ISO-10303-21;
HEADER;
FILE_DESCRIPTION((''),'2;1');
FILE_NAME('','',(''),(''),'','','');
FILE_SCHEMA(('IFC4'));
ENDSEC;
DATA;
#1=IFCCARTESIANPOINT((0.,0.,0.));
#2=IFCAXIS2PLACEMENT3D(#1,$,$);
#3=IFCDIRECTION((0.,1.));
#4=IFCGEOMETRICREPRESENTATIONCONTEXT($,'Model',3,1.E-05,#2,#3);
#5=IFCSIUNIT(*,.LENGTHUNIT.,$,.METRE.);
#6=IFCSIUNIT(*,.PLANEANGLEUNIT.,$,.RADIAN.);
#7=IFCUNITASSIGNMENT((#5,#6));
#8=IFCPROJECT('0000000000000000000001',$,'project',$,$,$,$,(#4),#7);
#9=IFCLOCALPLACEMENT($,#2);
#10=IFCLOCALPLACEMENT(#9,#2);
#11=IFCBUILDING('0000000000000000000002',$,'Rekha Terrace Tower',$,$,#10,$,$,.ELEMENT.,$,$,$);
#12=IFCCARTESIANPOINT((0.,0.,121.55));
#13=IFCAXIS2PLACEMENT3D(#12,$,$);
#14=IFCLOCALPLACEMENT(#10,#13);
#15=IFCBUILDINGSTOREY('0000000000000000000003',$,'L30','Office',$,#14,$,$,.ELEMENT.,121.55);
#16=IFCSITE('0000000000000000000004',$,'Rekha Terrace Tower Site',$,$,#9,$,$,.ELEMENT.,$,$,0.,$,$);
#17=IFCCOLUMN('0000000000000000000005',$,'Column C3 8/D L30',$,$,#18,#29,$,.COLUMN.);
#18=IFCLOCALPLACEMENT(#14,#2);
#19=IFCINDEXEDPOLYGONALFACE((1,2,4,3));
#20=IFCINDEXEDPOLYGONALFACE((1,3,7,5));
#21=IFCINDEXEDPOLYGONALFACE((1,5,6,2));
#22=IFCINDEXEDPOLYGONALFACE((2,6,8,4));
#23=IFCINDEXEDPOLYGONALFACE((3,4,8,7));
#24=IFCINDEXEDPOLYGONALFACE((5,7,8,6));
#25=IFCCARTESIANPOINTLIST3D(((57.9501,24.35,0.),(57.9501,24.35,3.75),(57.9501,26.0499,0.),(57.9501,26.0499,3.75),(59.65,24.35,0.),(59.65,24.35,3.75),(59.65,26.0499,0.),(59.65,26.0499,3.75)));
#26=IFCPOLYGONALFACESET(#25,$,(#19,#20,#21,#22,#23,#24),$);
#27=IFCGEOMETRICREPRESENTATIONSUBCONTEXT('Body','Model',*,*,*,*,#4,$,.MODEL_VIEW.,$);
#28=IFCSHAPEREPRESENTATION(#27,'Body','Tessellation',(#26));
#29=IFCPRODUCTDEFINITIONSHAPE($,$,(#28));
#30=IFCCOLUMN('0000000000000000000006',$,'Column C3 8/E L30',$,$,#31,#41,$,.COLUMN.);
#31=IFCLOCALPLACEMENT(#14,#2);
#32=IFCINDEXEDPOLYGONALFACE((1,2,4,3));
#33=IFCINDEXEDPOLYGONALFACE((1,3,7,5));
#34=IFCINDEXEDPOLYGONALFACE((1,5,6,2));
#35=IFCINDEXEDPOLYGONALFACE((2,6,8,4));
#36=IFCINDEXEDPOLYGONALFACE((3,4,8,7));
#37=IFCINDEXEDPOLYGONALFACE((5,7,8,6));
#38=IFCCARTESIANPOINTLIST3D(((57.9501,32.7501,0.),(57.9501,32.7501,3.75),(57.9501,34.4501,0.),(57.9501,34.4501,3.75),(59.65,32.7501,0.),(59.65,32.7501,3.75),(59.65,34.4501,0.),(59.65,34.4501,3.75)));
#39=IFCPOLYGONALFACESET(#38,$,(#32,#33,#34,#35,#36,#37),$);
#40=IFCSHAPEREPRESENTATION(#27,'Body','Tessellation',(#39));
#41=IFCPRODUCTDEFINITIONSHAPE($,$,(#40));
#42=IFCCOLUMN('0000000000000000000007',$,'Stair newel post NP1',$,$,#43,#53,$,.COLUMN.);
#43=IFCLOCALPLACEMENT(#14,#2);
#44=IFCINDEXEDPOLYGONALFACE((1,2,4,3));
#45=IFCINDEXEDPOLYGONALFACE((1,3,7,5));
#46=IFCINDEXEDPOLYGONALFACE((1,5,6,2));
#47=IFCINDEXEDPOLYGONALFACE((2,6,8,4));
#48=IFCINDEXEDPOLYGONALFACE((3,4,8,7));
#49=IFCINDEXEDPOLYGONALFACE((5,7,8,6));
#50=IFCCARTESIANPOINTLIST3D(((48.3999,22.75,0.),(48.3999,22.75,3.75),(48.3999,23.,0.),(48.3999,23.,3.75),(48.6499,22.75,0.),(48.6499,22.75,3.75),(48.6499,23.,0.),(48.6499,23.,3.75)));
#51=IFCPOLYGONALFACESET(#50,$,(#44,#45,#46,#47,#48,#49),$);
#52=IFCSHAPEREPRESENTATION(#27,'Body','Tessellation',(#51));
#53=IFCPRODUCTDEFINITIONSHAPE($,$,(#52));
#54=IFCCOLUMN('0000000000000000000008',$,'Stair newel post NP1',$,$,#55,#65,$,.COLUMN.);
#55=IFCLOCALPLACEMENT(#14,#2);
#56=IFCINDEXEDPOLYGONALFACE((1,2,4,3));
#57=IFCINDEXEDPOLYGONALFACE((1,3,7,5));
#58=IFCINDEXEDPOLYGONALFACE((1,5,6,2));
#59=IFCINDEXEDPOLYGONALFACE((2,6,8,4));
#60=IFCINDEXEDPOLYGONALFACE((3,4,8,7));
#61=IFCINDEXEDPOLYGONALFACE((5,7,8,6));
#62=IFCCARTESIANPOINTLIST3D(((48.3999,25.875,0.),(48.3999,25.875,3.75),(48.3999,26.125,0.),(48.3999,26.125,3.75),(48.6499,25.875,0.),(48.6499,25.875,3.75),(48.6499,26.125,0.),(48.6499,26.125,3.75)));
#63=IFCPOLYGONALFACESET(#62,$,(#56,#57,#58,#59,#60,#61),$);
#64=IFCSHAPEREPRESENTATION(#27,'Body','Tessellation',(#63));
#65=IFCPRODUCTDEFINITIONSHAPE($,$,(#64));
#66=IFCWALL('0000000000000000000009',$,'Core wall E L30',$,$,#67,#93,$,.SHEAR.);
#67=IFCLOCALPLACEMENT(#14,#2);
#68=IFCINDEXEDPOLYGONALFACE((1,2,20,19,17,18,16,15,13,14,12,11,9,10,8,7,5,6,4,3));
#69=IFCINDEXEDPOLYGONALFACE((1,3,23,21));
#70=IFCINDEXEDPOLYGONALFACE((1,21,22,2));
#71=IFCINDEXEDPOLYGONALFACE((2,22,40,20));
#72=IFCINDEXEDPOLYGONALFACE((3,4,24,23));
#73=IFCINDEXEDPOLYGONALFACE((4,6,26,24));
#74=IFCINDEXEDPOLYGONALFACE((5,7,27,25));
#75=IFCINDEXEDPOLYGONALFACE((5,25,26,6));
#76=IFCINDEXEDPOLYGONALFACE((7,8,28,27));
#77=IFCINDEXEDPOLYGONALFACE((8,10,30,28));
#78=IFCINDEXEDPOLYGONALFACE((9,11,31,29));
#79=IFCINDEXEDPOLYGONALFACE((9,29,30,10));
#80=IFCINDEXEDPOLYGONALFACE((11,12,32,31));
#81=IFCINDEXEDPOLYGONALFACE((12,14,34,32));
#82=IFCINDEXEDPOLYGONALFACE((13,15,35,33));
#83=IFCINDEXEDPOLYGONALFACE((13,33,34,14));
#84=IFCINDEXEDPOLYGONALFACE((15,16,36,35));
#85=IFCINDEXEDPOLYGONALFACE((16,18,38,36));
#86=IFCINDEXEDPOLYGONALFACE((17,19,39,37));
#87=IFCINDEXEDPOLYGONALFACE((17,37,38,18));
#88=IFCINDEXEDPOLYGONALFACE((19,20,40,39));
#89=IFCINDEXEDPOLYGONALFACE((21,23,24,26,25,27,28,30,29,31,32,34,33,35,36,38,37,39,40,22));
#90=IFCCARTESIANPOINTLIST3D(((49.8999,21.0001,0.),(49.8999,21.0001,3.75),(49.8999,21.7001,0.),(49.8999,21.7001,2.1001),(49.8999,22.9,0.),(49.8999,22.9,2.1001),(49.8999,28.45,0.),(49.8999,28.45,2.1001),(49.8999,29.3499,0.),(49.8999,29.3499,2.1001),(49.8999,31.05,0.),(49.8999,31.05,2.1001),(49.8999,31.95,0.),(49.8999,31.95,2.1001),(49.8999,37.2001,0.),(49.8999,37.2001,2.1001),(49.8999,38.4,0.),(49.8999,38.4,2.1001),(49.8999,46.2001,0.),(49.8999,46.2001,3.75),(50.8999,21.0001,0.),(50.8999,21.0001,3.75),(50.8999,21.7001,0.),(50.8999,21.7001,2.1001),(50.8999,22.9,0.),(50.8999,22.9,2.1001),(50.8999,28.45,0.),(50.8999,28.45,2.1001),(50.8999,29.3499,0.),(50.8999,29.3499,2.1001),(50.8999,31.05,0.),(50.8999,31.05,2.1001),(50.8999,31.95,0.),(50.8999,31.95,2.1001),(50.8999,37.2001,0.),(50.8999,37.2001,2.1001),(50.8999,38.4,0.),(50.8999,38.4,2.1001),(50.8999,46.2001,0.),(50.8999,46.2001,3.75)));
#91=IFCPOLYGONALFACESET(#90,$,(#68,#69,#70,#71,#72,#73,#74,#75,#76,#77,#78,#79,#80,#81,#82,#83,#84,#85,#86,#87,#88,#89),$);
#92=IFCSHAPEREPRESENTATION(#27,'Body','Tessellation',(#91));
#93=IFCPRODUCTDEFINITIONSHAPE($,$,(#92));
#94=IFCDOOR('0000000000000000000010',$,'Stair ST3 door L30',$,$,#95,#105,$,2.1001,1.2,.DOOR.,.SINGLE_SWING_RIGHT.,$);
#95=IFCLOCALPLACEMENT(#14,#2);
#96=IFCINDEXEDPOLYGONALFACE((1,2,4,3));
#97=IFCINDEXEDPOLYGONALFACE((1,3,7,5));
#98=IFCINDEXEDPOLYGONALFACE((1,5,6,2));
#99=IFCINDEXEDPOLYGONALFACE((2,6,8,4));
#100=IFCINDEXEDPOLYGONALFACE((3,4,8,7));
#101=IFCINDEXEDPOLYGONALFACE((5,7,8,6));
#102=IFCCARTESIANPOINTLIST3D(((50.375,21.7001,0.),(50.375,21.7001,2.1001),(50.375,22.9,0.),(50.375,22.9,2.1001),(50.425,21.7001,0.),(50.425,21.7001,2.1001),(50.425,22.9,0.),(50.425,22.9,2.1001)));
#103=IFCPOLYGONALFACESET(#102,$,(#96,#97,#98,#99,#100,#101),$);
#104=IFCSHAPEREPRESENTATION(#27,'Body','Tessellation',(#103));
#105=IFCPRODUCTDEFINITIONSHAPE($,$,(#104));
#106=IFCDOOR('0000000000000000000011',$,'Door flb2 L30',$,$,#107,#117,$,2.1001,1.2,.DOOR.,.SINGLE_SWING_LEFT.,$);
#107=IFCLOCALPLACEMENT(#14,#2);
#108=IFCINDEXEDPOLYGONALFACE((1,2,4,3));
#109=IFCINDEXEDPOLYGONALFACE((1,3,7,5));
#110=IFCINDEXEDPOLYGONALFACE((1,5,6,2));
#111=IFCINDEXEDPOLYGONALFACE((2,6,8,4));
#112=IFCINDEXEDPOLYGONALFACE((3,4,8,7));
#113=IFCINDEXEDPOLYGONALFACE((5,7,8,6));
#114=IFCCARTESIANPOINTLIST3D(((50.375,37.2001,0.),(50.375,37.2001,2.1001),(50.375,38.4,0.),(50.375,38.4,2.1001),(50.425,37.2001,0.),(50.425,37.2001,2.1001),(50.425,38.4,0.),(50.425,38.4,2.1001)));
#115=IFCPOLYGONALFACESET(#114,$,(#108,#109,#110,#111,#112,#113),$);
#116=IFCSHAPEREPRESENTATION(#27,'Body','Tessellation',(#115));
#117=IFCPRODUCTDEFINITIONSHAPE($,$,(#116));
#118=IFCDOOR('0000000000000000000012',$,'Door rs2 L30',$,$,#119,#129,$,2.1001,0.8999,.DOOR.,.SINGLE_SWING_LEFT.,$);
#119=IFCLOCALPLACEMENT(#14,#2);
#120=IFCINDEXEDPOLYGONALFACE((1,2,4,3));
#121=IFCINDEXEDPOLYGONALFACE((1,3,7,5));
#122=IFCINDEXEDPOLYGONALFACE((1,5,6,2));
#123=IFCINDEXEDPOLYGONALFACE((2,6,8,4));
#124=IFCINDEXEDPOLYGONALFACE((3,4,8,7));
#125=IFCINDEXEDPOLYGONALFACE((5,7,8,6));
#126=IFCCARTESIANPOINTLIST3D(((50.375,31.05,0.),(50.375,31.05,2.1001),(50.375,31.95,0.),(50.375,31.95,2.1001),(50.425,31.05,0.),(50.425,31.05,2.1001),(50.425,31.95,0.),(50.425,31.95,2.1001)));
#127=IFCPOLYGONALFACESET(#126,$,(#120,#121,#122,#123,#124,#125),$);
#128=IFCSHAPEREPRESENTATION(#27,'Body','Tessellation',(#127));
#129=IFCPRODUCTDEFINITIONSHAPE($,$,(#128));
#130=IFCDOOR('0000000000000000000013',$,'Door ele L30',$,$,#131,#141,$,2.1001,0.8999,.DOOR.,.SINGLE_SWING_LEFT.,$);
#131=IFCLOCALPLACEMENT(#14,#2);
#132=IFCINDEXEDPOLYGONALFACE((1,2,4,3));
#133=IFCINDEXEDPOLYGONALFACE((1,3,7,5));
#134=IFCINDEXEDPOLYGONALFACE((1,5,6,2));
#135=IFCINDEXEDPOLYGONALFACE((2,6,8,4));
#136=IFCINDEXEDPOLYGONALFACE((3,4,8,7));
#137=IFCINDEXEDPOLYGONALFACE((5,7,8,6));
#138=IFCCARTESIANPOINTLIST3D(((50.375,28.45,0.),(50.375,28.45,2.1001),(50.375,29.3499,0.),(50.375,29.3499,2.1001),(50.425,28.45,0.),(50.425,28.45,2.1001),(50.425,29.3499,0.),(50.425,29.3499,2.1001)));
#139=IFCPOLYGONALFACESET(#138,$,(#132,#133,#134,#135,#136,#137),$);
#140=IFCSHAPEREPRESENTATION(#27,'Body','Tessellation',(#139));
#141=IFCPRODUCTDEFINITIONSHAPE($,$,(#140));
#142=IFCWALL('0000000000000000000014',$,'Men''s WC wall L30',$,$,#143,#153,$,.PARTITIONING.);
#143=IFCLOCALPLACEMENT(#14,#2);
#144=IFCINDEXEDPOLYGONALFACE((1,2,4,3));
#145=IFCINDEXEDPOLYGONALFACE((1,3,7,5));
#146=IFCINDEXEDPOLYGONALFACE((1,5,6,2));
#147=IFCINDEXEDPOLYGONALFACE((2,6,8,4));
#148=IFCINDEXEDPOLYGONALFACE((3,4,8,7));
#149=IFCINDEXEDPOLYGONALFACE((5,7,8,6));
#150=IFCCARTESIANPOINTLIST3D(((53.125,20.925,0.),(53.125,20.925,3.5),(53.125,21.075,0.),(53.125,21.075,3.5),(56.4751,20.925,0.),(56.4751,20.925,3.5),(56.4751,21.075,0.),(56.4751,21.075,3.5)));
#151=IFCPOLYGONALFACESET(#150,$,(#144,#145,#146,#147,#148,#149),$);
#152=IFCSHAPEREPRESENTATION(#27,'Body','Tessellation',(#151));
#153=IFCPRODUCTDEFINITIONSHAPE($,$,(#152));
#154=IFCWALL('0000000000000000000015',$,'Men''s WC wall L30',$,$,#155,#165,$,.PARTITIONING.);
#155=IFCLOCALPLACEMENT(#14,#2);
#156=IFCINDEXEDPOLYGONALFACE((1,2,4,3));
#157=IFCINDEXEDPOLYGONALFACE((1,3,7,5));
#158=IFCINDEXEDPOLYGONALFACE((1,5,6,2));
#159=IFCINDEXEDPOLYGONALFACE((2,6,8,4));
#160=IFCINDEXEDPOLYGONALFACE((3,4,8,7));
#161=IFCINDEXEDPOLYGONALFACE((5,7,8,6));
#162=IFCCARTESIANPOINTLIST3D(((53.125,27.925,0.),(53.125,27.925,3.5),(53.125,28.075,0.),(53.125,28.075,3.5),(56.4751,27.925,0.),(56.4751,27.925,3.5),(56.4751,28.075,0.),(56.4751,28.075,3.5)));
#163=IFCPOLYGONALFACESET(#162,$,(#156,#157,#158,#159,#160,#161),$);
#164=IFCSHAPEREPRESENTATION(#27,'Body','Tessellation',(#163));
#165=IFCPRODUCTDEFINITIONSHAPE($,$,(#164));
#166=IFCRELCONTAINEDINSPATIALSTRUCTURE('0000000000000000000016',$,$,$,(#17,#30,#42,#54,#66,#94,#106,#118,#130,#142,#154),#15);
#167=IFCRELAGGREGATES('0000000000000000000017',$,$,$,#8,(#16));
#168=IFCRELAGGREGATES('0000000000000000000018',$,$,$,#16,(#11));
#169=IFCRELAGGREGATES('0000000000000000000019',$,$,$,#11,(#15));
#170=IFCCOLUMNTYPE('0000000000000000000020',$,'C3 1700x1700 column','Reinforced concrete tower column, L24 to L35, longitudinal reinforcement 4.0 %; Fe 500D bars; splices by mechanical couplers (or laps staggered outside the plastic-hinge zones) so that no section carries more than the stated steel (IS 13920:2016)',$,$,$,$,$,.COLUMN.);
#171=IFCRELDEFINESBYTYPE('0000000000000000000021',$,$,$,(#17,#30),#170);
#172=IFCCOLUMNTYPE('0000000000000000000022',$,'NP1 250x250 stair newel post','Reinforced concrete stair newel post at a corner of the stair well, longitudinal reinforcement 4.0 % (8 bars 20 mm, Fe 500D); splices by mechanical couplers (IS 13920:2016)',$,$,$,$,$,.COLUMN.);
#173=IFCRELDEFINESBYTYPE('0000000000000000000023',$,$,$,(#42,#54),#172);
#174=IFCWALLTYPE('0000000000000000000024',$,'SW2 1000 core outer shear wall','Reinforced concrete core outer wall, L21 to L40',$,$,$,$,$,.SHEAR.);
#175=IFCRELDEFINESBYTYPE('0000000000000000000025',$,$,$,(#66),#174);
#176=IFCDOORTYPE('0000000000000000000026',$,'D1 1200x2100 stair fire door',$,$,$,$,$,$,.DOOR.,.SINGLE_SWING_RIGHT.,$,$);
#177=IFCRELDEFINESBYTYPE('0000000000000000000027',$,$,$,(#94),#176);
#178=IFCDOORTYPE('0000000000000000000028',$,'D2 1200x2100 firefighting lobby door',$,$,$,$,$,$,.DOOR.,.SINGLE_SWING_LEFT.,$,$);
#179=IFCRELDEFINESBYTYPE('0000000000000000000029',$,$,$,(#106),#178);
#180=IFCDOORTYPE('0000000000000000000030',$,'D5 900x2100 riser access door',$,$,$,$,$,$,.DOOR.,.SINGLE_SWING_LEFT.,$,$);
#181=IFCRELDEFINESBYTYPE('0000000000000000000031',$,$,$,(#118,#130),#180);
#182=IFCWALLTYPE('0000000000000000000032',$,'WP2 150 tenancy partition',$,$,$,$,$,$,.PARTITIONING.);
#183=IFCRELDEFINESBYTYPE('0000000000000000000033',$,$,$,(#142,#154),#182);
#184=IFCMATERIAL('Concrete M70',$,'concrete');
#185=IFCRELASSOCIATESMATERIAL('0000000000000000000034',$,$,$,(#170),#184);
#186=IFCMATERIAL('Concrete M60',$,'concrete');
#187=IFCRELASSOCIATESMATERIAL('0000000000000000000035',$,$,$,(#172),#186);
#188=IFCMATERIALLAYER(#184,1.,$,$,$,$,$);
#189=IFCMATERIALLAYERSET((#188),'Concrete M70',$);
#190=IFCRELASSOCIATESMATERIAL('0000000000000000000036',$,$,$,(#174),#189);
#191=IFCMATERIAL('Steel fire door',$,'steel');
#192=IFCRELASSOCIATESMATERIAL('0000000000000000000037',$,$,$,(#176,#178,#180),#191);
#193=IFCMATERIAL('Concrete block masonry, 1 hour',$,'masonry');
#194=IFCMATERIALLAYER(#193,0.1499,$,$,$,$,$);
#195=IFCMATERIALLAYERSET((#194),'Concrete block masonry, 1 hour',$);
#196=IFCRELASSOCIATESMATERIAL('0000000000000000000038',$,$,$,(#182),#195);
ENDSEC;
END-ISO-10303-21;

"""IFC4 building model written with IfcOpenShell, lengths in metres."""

from ifc_helpers import new_model, si_unit, direction, frame, frame_2d, origin, origin_2d, place, context, subcontext, project, spatial, rectangle, extrude, material, layer, layer_set, material_profile, profile_set, type_object, element, fill, save


model = new_model("IFC4")

# Units and contexts
model_context = context("Model", 3, precision=1e-05, world=origin(), true_north=direction((0.0, 1.0)))
body_context = subcontext(model_context, "Body", "Model", "MODEL_VIEW")
ifc_project = project(units=[si_unit("LENGTHUNIT", "METRE"), si_unit("PLANEANGLEUNIT", "RADIAN")], contexts=[model_context])

# Site, building, storey
site_placement = place(None, origin())
site = spatial("IfcSite", under=ifc_project, at=site_placement, Name="Rekha Terrace Tower Site", CompositionType="ELEMENT", RefElevation=0.0)
building_placement = place(site_placement, origin())
building = spatial("IfcBuilding", under=site, at=building_placement, Name="Rekha Terrace Tower", CompositionType="ELEMENT")
storey_placement = place(building_placement, frame((0.0, 0.0, 121.55)))
storey = spatial("IfcBuildingStorey", under=building, at=storey_placement, Name="L30", Description="Office", CompositionType="ELEMENT", Elevation=121.55)

# Columns
ifc_material_1 = material(Name="Concrete M70", Category="concrete")
ifc_material_profile_1 = material_profile(ifc_material_1, rectangle(XDim=1.7, YDim=1.7, at=origin_2d()), Name="RC 1700x1700")
ifc_profile_set_1 = profile_set([ifc_material_profile_1], Name="Concrete M70")
column_type_1 = type_object("IfcColumnType", Name="C3 1700x1700 column", Description="Reinforced concrete tower column, L24 to L35, longitudinal reinforcement 4.0 %; Fe 500D bars; splices by mechanical couplers (or laps staggered outside the plastic-hinge zones) so that no section carries more than the stated steel (IS 13920:2016)", PredefinedType="COLUMN", material=ifc_profile_set_1)
for number, where, z_axis, x_axis, name in (
    (1, (58.8, 25.2, 0.0), (0.0, 0.0, 1.0), (1.0, 0.0, 0.0), "Column C3 8/D L30"),
    (2, (58.8, 33.6001, 0.0), (0.0, 0.0, 1.0), (1.0, 0.0, 0.0), "Column C3 8/E L30"),
):
    element("IfcColumn", number, at=place(storey_placement, frame(where, z_axis=z_axis, x_axis=x_axis)), inside=storey, type_object=column_type_1, Name=name, PredefinedType="COLUMN", context=body_context, shape_type="SweptSolid", body=[
        extrude(rectangle(XDim=1.7, YDim=1.7, at=origin_2d()), origin(), (0.0, 0.0, 1.0), 3.75),
    ])
ifc_material_2 = material(Name="Concrete M60", Category="concrete")
ifc_material_profile_2 = material_profile(ifc_material_2, rectangle(XDim=0.25, YDim=0.25, at=origin_2d()), Name="RC 250x250")
ifc_profile_set_2 = profile_set([ifc_material_profile_2], Name="Concrete M60")
column_type_2 = type_object("IfcColumnType", Name="NP1 250x250 stair newel post", Description="Reinforced concrete stair newel post at a corner of the stair well, longitudinal reinforcement 4.0 % (8 bars 20 mm, Fe 500D); splices by mechanical couplers (IS 13920:2016)", PredefinedType="COLUMN", material=ifc_profile_set_2)
for number, where, z_axis, x_axis, name in (
    (3, (48.5249, 22.875, 0.0), (0.0, 0.0, 1.0), (1.0, 0.0, 0.0), "Stair newel post NP1"),
    (4, (48.5249, 26.0, 0.0), (0.0, 0.0, 1.0), (1.0, 0.0, 0.0), "Stair newel post NP1"),
):
    element("IfcColumn", number, at=place(storey_placement, frame(where, z_axis=z_axis, x_axis=x_axis)), inside=storey, type_object=column_type_2, Name=name, PredefinedType="COLUMN", context=body_context, shape_type="SweptSolid", body=[
        extrude(rectangle(XDim=0.25, YDim=0.25, at=origin_2d()), origin(), (0.0, 0.0, 1.0), 3.75),
    ])

# Wall, openings, doors
ifc_layer_1 = layer(ifc_material_1, 1.0)
ifc_layer_set_1 = layer_set([ifc_layer_1], Name="Concrete M70")
wall_type_1 = type_object("IfcWallType", Name="SW2 1000 core outer shear wall", Description="Reinforced concrete core outer wall, L21 to L40", PredefinedType="SHEAR", material=ifc_layer_set_1)
wall_1_placement = place(storey_placement, frame((50.3999, 21.0, 0.0), z_axis=(0.0, 0.0, 1.0), x_axis=(0.0, 1.0, 0.0)))
wall_1 = element("IfcWall", 5, at=wall_1_placement, inside=storey, type_object=wall_type_1, Name="Core wall E L30", PredefinedType="SHEAR", context=body_context, shape_type="SweptSolid", body=[
    extrude(rectangle(XDim=25.2, YDim=1.0, at=frame_2d((12.6001, 0.0))), origin(), (0.0, 0.0, 1.0), 3.75),
])
opening_1_placement = place(wall_1_placement, frame((16.2, 0.0, 0.0)))
opening_1 = element("IfcOpeningElement", 6, at=opening_1_placement, cuts=wall_1, PredefinedType="OPENING", context=body_context, shape_type="SweptSolid", body=[
    extrude(rectangle(XDim=1.2, YDim=2.1001, at=frame_2d((0.6001, 1.05))), frame((0.0, 0.51, 0.0), z_axis=(0.0, -1.0, 0.0), x_axis=(1.0, 0.0, 0.0)), (0.0, 0.0, 1.0), 1.02),
])
opening_2_placement = place(wall_1_placement, frame((10.05, 0.0, 0.0)))
opening_2 = element("IfcOpeningElement", 7, at=opening_2_placement, cuts=wall_1, PredefinedType="OPENING", context=body_context, shape_type="SweptSolid", body=[
    extrude(rectangle(XDim=0.8999, YDim=2.1001, at=frame_2d((0.45, 1.05))), frame((0.0, 0.51, 0.0), z_axis=(0.0, -1.0, 0.0), x_axis=(1.0, 0.0, 0.0)), (0.0, 0.0, 1.0), 1.02),
])
opening_3_placement = place(wall_1_placement, frame((7.45, 0.0, 0.0)))
opening_3 = element("IfcOpeningElement", 8, at=opening_3_placement, cuts=wall_1, PredefinedType="OPENING", context=body_context, shape_type="SweptSolid", body=[
    extrude(rectangle(XDim=0.8999, YDim=2.1001, at=frame_2d((0.45, 1.05))), frame((0.0, 0.51, 0.0), z_axis=(0.0, -1.0, 0.0), x_axis=(1.0, 0.0, 0.0)), (0.0, 0.0, 1.0), 1.02),
])
opening_4_placement = place(wall_1_placement, frame((0.7, 0.0, 0.0)))
opening_4 = element("IfcOpeningElement", 9, at=opening_4_placement, cuts=wall_1, PredefinedType="OPENING", context=body_context, shape_type="SweptSolid", body=[
    extrude(rectangle(XDim=1.2, YDim=2.1001, at=frame_2d((0.6001, 1.05))), frame((0.0, 0.51, 0.0), z_axis=(0.0, -1.0, 0.0), x_axis=(1.0, 0.0, 0.0)), (0.0, 0.0, 1.0), 1.02),
])
ifc_material_3 = material(Name="Steel fire door", Category="steel")
door_type_1 = type_object("IfcDoorType", Name="D1 1200x2100 stair fire door", OperationType="SINGLE_SWING_RIGHT", PredefinedType="DOOR", material=ifc_material_3)
door_1_placement = place(opening_4_placement, origin())
door_1 = element("IfcDoor", 10, at=door_1_placement, inside=storey, type_object=door_type_1, Name="Stair ST3 door L30", OperationType="SINGLE_SWING_RIGHT", OverallHeight=2.1001, OverallWidth=1.2, PredefinedType="DOOR", context=body_context, shape_type="SweptSolid", body=[
    extrude(rectangle(XDim=1.2, YDim=2.1001, at=frame_2d((0.6001, 1.05))), frame((0.0, 0.0249, 0.0), z_axis=(0.0, -1.0, 0.0), x_axis=(1.0, 0.0, 0.0)), (0.0, 0.0, 1.0), 0.05),
])
fill(opening_4, door_1)
door_type_2 = type_object("IfcDoorType", Name="D2 1200x2100 firefighting lobby door", OperationType="SINGLE_SWING_LEFT", PredefinedType="DOOR", material=ifc_material_3)
door_2_placement = place(opening_1_placement, origin())
door_2 = element("IfcDoor", 11, at=door_2_placement, inside=storey, type_object=door_type_2, Name="Door flb2 L30", OperationType="SINGLE_SWING_LEFT", OverallHeight=2.1001, OverallWidth=1.2, PredefinedType="DOOR", context=body_context, shape_type="SweptSolid", body=[
    extrude(rectangle(XDim=1.2, YDim=2.1001, at=frame_2d((0.6001, 1.05))), frame((0.0, 0.0249, 0.0), z_axis=(0.0, -1.0, 0.0), x_axis=(1.0, 0.0, 0.0)), (0.0, 0.0, 1.0), 0.05),
])
fill(opening_1, door_2)
door_type_3 = type_object("IfcDoorType", Name="D5 900x2100 riser access door", OperationType="SINGLE_SWING_LEFT", PredefinedType="DOOR", material=ifc_material_3)
door_3_placement = place(opening_2_placement, origin())
door_3 = element("IfcDoor", 12, at=door_3_placement, inside=storey, type_object=door_type_3, Name="Door rs2 L30", OperationType="SINGLE_SWING_LEFT", OverallHeight=2.1001, OverallWidth=0.8999, PredefinedType="DOOR", context=body_context, shape_type="SweptSolid", body=[
    extrude(rectangle(XDim=0.8999, YDim=2.1001, at=frame_2d((0.45, 1.05))), frame((0.0, 0.0249, 0.0), z_axis=(0.0, -1.0, 0.0), x_axis=(1.0, 0.0, 0.0)), (0.0, 0.0, 1.0), 0.05),
])
fill(opening_2, door_3)
door_4_placement = place(opening_3_placement, origin())
door_4 = element("IfcDoor", 13, at=door_4_placement, inside=storey, type_object=door_type_3, Name="Door ele L30", OperationType="SINGLE_SWING_LEFT", OverallHeight=2.1001, OverallWidth=0.8999, PredefinedType="DOOR", context=body_context, shape_type="SweptSolid", body=[
    extrude(rectangle(XDim=0.8999, YDim=2.1001, at=frame_2d((0.45, 1.05))), frame((0.0, 0.0249, 0.0), z_axis=(0.0, -1.0, 0.0), x_axis=(1.0, 0.0, 0.0)), (0.0, 0.0, 1.0), 0.05),
])
fill(opening_3, door_4)

# Walls
ifc_material_4 = material(Name="Concrete block masonry, 1 hour", Category="masonry")
ifc_layer_2 = layer(ifc_material_4, 0.1499)
ifc_layer_set_2 = layer_set([ifc_layer_2], Name="Concrete block masonry, 1 hour")
wall_type_2 = type_object("IfcWallType", Name="WP2 150 tenancy partition", PredefinedType="PARTITIONING", material=ifc_layer_set_2)
for number, where, z_axis, x_axis, name in (
    (14, (53.125, 21.0, 0.0), (0.0, 0.0, 1.0), (1.0, 0.0, 0.0), "Men's WC wall L30"),
    (15, (53.125, 28.0, 0.0), (0.0, 0.0, 1.0), (1.0, 0.0, 0.0), "Men's WC wall L30"),
):
    element("IfcWall", number, at=place(storey_placement, frame(where, z_axis=z_axis, x_axis=x_axis)), inside=storey, type_object=wall_type_2, Name=name, PredefinedType="PARTITIONING", context=body_context, shape_type="SweptSolid", body=[
        extrude(rectangle(XDim=3.3501, YDim=0.1499, at=frame_2d((1.675, 0.0))), origin(), (0.0, 0.0, 1.0), 3.5),
    ])

save(model, "model.ifc")
